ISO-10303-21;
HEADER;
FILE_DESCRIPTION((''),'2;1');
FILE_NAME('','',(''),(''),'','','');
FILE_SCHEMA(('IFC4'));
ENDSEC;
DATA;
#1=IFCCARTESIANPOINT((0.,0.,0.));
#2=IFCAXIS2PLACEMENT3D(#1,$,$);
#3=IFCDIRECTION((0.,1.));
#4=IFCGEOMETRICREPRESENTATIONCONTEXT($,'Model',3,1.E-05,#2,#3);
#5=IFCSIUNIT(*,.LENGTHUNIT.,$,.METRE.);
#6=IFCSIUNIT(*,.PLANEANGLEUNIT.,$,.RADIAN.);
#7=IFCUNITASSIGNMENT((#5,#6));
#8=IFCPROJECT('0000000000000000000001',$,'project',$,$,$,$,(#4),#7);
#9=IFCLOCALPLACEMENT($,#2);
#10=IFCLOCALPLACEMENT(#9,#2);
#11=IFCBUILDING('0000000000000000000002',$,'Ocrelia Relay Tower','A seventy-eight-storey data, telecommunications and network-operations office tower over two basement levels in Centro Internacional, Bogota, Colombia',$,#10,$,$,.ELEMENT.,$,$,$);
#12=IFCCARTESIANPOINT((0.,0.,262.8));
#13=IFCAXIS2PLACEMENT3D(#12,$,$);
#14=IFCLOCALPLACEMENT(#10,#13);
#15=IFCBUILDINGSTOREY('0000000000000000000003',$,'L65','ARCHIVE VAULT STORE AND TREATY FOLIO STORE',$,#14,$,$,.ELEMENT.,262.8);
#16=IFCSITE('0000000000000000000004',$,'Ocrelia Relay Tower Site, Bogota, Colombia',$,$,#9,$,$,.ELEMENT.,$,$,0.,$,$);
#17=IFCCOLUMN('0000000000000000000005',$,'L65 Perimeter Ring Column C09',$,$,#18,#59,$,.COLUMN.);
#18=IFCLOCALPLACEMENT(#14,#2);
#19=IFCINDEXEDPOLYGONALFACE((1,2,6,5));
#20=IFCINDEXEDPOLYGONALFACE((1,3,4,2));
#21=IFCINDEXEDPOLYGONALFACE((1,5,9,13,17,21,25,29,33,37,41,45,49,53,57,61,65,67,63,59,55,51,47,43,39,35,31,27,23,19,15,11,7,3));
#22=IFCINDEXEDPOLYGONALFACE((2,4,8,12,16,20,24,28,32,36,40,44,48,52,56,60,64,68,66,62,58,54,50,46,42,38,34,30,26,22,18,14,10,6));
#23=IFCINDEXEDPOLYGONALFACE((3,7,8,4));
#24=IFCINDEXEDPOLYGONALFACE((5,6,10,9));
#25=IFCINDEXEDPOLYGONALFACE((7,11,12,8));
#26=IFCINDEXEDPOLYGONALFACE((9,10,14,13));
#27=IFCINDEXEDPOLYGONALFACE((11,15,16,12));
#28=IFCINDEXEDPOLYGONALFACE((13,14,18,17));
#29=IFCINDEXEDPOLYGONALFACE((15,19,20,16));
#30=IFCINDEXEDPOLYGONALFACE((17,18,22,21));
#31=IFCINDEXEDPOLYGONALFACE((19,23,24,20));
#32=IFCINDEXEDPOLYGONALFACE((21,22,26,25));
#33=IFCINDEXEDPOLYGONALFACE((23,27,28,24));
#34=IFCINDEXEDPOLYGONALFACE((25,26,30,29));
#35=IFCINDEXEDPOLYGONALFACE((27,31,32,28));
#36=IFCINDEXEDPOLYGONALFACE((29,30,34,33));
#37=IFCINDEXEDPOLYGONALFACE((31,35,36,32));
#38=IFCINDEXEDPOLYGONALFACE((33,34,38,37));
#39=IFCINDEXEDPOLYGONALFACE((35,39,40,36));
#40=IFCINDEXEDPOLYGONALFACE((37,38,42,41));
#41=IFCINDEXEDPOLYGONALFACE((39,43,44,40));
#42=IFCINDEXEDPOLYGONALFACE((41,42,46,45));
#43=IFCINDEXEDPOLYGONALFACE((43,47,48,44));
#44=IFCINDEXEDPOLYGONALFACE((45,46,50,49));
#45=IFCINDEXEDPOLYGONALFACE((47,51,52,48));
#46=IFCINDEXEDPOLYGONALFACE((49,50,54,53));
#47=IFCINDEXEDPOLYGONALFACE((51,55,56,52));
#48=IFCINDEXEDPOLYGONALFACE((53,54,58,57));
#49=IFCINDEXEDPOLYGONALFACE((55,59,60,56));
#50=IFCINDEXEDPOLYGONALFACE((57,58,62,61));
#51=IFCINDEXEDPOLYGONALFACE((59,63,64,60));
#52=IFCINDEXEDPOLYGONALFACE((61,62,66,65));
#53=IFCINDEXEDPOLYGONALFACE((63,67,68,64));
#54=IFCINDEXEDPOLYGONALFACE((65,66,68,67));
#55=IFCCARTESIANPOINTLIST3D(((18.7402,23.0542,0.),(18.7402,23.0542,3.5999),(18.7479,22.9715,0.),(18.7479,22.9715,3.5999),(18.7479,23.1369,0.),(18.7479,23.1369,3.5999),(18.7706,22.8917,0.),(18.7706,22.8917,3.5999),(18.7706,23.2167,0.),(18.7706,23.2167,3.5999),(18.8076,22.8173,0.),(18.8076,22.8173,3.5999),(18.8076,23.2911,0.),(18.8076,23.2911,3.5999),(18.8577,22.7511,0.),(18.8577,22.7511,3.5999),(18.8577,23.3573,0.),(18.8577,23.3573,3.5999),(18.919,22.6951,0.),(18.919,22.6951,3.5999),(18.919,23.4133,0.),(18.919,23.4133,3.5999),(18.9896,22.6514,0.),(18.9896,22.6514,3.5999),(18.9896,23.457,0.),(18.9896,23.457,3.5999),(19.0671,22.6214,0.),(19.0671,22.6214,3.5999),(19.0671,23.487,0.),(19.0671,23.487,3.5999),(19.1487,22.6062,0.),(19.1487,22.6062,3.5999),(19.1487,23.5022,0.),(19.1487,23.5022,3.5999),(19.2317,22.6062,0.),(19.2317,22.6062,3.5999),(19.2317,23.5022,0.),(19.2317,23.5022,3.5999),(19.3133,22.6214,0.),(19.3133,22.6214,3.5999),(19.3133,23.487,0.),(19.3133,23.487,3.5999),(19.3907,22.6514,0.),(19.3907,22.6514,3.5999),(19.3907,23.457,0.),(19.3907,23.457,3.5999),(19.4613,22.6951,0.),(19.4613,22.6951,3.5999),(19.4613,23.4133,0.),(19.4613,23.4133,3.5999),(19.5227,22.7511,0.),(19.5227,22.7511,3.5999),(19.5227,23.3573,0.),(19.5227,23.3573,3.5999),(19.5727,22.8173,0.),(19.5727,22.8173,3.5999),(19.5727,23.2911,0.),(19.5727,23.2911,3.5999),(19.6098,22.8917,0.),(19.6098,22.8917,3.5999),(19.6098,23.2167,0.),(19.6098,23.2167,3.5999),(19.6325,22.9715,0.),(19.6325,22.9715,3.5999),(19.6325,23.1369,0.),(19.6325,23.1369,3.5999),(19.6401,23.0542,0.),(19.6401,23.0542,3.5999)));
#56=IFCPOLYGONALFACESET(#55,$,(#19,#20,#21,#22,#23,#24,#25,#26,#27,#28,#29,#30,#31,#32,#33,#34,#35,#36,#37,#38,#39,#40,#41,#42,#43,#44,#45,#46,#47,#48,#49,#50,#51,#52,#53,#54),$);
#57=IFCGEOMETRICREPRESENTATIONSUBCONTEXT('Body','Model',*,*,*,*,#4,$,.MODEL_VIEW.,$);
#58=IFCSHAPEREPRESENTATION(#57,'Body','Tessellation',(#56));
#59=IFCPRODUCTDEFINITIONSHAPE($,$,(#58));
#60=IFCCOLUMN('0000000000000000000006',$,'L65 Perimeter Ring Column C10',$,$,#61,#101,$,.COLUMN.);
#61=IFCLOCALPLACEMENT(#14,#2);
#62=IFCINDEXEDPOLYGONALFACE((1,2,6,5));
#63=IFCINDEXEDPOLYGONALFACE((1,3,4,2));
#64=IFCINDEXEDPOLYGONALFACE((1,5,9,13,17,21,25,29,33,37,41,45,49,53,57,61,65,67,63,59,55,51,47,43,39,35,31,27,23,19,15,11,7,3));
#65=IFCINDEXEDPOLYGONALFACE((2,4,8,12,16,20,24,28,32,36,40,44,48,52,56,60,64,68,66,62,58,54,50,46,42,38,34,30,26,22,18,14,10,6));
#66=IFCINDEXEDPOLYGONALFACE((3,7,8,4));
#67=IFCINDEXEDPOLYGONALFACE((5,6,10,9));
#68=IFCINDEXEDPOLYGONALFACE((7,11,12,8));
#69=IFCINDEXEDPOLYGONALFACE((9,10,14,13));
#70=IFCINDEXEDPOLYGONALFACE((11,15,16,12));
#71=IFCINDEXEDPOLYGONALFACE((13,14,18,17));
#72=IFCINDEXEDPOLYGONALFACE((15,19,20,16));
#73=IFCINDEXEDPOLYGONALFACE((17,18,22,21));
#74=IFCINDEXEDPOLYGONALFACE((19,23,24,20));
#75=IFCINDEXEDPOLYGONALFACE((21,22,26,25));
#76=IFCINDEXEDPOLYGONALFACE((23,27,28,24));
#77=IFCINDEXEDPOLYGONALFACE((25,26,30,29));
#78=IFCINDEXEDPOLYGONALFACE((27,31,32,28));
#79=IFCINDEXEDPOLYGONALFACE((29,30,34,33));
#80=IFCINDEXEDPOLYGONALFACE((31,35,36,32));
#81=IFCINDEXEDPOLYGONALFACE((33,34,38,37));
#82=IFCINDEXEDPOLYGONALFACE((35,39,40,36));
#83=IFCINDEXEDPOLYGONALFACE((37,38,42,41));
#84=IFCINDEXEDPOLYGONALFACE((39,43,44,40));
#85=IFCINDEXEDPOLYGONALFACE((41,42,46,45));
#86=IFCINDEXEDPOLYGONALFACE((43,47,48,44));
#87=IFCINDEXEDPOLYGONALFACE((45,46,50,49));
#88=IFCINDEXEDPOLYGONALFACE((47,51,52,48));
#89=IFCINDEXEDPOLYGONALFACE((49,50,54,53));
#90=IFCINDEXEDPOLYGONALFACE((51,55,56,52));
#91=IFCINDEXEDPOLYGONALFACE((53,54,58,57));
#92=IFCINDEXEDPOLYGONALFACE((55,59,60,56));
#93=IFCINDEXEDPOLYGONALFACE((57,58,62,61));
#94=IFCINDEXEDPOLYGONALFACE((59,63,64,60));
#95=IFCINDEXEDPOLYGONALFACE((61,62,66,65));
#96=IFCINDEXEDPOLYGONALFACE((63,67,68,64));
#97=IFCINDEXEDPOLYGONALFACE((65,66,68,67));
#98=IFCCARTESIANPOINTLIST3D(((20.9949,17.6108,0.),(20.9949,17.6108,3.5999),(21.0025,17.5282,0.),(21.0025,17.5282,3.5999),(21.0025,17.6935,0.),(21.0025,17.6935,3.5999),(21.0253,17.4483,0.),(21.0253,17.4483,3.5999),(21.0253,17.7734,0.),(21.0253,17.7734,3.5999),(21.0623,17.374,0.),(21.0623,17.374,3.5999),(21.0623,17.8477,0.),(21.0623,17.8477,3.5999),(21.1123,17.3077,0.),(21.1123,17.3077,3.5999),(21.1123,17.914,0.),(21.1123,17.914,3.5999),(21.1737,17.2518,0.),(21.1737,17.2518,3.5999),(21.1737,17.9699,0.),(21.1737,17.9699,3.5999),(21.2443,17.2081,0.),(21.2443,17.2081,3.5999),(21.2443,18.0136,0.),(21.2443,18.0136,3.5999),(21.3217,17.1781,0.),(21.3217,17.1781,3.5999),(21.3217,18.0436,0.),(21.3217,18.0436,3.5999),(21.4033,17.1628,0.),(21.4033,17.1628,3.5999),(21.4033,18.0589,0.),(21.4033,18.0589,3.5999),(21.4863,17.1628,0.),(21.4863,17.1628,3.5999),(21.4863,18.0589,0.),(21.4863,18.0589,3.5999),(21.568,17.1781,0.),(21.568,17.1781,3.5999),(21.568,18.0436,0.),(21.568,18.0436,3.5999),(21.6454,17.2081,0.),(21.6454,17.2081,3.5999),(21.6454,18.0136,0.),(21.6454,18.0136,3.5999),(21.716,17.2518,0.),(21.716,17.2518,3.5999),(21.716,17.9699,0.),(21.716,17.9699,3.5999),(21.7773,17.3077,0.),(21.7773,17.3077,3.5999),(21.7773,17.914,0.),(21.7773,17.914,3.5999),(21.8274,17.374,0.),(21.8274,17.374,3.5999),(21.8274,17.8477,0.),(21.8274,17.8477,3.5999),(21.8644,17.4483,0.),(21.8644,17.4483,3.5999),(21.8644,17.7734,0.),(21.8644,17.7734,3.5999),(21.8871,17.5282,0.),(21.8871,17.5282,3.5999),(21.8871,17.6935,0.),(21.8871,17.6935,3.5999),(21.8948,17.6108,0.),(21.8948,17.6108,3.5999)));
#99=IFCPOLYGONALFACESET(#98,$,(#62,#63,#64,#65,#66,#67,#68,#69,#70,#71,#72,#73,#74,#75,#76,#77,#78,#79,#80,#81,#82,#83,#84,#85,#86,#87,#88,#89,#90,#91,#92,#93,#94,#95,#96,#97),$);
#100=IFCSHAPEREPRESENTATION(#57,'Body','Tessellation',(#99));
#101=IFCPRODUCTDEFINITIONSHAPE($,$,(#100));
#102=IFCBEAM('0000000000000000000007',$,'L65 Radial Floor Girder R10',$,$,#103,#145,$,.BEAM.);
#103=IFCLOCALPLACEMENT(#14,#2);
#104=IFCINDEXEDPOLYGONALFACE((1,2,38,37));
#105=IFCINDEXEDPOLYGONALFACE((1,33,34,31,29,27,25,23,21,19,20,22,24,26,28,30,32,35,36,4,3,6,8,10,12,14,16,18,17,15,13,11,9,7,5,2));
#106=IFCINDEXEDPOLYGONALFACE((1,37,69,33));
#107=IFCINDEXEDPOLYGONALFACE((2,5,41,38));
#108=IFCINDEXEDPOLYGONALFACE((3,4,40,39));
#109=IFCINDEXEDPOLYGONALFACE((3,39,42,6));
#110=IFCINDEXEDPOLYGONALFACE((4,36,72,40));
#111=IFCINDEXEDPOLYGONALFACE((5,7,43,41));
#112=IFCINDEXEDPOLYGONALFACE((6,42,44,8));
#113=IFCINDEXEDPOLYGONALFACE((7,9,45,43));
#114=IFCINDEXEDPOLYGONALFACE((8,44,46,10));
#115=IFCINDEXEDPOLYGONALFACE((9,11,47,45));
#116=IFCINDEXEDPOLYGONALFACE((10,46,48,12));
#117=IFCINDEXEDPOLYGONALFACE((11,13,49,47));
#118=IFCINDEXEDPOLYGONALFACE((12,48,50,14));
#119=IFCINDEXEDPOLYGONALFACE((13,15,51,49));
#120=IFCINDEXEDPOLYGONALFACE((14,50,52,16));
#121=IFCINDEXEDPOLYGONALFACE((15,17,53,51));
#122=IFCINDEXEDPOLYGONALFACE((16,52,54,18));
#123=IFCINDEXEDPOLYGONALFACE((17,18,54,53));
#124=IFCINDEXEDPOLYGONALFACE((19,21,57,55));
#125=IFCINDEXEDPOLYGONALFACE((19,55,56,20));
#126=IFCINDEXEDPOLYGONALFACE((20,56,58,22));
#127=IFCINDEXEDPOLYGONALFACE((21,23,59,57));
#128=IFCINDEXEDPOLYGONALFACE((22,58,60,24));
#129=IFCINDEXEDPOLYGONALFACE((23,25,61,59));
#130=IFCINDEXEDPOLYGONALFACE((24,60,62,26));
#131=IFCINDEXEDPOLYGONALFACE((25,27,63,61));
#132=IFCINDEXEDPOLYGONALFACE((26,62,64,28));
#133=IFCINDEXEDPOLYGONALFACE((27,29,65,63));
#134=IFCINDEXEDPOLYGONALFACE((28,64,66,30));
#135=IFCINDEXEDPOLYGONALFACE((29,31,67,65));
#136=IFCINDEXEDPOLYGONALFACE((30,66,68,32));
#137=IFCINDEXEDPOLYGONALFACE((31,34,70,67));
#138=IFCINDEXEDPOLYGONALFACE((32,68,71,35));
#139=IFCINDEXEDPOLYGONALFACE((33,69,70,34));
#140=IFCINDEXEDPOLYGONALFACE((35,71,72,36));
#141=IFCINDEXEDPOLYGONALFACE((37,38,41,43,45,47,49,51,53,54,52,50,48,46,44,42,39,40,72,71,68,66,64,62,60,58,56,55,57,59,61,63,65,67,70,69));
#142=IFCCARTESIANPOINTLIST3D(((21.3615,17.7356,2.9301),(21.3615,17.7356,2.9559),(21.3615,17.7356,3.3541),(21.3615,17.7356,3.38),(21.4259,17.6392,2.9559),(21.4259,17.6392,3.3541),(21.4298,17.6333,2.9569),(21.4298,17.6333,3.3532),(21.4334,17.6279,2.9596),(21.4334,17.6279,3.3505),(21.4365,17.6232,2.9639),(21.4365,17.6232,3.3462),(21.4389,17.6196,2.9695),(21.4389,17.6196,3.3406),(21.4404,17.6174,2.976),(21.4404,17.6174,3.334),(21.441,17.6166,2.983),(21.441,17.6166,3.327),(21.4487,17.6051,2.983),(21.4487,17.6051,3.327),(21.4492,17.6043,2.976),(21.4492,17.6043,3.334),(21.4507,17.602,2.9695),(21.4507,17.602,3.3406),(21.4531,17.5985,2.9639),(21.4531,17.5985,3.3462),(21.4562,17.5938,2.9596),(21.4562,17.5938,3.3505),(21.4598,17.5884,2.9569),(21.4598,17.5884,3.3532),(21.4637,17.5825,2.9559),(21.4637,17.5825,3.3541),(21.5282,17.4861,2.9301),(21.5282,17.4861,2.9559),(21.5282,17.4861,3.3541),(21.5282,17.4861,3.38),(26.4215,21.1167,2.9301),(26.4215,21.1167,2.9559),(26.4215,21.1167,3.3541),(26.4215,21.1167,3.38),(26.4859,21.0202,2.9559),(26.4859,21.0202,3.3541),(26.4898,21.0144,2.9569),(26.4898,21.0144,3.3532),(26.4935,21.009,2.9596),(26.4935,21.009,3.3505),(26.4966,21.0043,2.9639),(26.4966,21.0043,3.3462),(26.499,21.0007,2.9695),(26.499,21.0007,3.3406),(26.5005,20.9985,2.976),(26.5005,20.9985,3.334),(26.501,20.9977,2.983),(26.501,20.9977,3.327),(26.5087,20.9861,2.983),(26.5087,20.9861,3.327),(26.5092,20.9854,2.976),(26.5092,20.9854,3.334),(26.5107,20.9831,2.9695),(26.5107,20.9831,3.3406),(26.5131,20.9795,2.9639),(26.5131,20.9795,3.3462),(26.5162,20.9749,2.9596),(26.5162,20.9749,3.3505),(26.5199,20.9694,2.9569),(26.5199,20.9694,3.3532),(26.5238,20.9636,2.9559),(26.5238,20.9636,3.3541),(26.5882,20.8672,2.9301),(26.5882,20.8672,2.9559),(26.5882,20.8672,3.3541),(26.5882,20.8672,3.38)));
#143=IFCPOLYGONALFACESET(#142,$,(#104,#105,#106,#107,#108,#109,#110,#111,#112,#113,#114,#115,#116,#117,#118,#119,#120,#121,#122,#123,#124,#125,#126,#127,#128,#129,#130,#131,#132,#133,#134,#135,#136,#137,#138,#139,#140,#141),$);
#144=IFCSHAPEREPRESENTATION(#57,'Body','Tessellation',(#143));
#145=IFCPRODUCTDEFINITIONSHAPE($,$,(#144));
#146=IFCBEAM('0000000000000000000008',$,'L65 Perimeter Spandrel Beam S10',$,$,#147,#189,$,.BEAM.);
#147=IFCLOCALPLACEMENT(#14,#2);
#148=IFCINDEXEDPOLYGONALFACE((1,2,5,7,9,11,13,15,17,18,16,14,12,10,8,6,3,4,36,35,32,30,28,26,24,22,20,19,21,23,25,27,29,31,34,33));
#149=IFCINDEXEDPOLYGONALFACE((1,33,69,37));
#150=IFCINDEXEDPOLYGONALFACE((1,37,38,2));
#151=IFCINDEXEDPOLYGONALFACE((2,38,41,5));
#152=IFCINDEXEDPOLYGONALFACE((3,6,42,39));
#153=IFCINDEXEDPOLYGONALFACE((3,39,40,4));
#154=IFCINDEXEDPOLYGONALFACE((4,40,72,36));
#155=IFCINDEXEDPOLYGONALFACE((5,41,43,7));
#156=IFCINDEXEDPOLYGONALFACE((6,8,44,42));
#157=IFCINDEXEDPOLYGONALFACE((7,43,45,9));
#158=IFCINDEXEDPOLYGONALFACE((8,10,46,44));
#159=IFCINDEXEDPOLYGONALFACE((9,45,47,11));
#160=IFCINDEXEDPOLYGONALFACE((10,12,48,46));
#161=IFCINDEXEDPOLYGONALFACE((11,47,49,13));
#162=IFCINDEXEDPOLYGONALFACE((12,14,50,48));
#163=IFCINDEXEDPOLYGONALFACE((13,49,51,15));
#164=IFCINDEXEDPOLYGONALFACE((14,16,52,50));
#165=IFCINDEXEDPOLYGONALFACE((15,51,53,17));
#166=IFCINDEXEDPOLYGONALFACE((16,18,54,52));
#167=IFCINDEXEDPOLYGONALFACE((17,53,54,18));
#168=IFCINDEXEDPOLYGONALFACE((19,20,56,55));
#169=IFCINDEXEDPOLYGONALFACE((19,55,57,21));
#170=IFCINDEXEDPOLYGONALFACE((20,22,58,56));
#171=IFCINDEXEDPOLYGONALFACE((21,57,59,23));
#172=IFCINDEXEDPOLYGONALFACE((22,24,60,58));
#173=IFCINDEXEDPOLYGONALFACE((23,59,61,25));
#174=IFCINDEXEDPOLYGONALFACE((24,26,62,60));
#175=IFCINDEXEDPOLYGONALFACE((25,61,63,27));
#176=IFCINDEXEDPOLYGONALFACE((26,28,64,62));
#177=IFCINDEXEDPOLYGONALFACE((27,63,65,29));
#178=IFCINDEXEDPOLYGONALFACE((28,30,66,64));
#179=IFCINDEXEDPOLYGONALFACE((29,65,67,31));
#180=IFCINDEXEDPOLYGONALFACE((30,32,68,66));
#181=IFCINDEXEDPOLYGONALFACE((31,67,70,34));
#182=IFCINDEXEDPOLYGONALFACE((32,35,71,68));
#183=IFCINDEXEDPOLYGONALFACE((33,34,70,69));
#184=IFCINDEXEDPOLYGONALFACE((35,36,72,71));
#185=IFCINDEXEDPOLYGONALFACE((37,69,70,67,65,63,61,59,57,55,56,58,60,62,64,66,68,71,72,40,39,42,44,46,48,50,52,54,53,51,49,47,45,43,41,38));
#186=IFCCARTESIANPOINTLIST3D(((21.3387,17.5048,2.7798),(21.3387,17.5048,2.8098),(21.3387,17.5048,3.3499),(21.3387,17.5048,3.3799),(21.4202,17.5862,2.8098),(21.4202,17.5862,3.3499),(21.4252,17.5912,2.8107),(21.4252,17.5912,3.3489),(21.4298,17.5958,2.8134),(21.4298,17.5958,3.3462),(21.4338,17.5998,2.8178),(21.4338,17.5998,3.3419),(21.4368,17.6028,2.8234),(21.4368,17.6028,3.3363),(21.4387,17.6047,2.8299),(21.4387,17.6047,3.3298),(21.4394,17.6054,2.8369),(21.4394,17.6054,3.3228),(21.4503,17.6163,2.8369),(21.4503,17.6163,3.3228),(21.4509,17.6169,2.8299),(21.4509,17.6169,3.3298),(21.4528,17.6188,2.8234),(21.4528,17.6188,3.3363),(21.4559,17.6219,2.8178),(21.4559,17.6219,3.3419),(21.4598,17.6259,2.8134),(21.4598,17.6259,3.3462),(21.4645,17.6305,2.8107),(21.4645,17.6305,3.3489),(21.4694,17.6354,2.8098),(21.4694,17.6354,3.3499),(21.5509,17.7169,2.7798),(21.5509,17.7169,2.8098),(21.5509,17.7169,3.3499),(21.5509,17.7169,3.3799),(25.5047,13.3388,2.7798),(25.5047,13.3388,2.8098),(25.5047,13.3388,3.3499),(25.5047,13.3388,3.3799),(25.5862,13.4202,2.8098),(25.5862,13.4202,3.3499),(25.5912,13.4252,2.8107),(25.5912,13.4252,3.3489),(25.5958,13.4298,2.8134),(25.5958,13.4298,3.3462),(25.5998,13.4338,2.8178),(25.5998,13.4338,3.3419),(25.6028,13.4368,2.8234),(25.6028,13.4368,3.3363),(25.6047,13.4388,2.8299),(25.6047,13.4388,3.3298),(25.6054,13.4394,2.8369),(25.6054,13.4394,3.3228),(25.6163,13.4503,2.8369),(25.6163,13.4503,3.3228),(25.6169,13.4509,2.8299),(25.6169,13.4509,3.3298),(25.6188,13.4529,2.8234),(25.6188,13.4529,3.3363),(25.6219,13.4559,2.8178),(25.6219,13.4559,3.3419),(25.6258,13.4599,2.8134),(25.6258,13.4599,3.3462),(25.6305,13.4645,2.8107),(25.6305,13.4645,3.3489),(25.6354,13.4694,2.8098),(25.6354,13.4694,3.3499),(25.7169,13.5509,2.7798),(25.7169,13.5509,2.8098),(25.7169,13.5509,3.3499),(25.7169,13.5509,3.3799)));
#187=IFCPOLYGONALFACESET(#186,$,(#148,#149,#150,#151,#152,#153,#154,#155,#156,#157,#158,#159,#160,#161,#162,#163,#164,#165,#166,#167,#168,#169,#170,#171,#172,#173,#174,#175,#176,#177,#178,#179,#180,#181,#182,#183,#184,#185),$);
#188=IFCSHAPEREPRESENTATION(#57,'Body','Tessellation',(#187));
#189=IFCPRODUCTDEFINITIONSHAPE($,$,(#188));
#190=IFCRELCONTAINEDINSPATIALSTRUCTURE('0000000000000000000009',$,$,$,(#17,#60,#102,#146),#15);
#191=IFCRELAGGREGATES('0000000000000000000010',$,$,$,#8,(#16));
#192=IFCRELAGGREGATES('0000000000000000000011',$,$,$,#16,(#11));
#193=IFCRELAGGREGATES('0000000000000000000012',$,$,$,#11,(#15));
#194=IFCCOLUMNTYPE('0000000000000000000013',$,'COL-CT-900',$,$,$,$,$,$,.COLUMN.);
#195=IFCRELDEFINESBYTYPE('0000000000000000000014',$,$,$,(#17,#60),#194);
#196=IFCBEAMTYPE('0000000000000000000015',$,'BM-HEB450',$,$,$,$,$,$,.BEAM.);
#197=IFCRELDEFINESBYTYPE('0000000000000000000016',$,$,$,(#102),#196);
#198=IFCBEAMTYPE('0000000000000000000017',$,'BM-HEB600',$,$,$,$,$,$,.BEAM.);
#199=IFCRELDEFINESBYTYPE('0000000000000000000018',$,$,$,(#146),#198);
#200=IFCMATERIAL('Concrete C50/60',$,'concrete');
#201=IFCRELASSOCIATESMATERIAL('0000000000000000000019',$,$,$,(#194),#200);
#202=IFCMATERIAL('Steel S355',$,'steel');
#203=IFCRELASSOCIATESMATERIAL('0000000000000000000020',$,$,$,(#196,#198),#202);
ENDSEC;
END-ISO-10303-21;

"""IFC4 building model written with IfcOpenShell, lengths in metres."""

from ifc_helpers import new_model, si_unit, direction, frame, origin, origin_2d, place, context, subcontext, project, spatial, circle, i_section, extrude, material, material_profile, profile_set, type_object, element, save


model = new_model("IFC4")

# Units and contexts
model_context = context("Model", 3, precision=1e-05, world=origin(), true_north=direction((0.0, 1.0)))
body_context = subcontext(model_context, "Body", "Model", "MODEL_VIEW")
ifc_project = project(units=[si_unit("LENGTHUNIT", "METRE"), si_unit("PLANEANGLEUNIT", "RADIAN")], contexts=[model_context])

# Site, building, storey
site_placement = place(None, origin())
site = spatial("IfcSite", under=ifc_project, at=site_placement, Name="Ocrelia Relay Tower Site, Bogota, Colombia", CompositionType="ELEMENT", RefElevation=0.0)
building_placement = place(site_placement, origin())
building = spatial("IfcBuilding", under=site, at=building_placement, Name="Ocrelia Relay Tower", Description="A seventy-eight-storey data, telecommunications and network-operations office tower over two basement levels in Centro Internacional, Bogota, Colombia", CompositionType="ELEMENT")
storey_placement = place(building_placement, frame((0.0, 0.0, 262.8)))
storey = spatial("IfcBuildingStorey", under=building, at=storey_placement, Name="L65", Description="ARCHIVE VAULT STORE AND TREATY FOLIO STORE", CompositionType="ELEMENT", Elevation=262.8)

# Columns
ifc_material_1 = material(Name="Concrete C50/60", Category="concrete")
ifc_material_profile_1 = material_profile(ifc_material_1, circle(Radius=0.45, at=origin_2d()), Name="RC-CIR-900")
ifc_profile_set_1 = profile_set([ifc_material_profile_1], Name="Concrete C50/60")
column_type = type_object("IfcColumnType", Name="COL-CT-900", PredefinedType="COLUMN", material=ifc_profile_set_1)
for number, where, z_axis, x_axis, name in (
    (1, (19.1902, 23.0542, 0.0), (0.0, 0.0, 1.0), (1.0, 0.0, 0.0), "L65 Perimeter Ring Column C09"),
    (2, (21.4448, 17.6108, 0.0), (0.0, 0.0, 1.0), (1.0, 0.0, 0.0), "L65 Perimeter Ring Column C10"),
):
    element("IfcColumn", number, at=place(storey_placement, frame(where, z_axis=z_axis, x_axis=x_axis)), inside=storey, type_object=column_type, Name=name, PredefinedType="COLUMN", context=body_context, shape_type="SweptSolid", body=[
        extrude(circle(Radius=0.45, at=origin_2d()), origin(), (0.0, 0.0, 1.0), 3.5999),
    ])

# Beams
ifc_material_2 = material(Name="Steel S355", Category="steel")
ifc_material_profile_2 = material_profile(ifc_material_2, i_section(OverallWidth=0.3, OverallDepth=0.45, WebThickness=0.0139, FlangeThickness=0.0259, FilletRadius=0.0271, at=origin_2d()), Name="HEB 450")
ifc_profile_set_2 = profile_set([ifc_material_profile_2], Name="Steel S355")
beam_type_1 = type_object("IfcBeamType", Name="BM-HEB450", PredefinedType="BEAM", material=ifc_profile_set_2)
beam_1_placement = place(storey_placement, frame((21.4448, 17.6108, 3.155), z_axis=(0.831464, 0.555579, 0.0), x_axis=(-0.555579, 0.831464, 0.0)))
element("IfcBeam", 3, at=beam_1_placement, inside=storey, type_object=beam_type_1, Name="L65 Radial Floor Girder R10", PredefinedType="BEAM", context=body_context, shape_type="SweptSolid", body=[
    extrude(i_section(OverallWidth=0.3, OverallDepth=0.45, WebThickness=0.0139, FlangeThickness=0.0259, FilletRadius=0.0271, at=origin_2d()), origin(), (0.0, 0.0, 1.0), 6.0857),
])
ifc_material_profile_3 = material_profile(ifc_material_2, i_section(OverallWidth=0.3, OverallDepth=0.6001, WebThickness=0.0154, FlangeThickness=0.03, FilletRadius=0.0271, at=origin_2d()), Name="HEB 600")
ifc_profile_set_3 = profile_set([ifc_material_profile_3], Name="Steel S355")
beam_type_2 = type_object("IfcBeamType", Name="BM-HEB600", PredefinedType="BEAM", material=ifc_profile_set_3)
beam_2_placement = place(storey_placement, frame((21.4448, 17.6108, 3.0798), z_axis=(0.707107, -0.707107, 0.0), x_axis=(0.707107, 0.707107, 0.0)))
element("IfcBeam", 4, at=beam_2_placement, inside=storey, type_object=beam_type_2, Name="L65 Perimeter Spandrel Beam S10", PredefinedType="BEAM", context=body_context, shape_type="SweptSolid", body=[
    extrude(i_section(OverallWidth=0.3, OverallDepth=0.6001, WebThickness=0.0154, FlangeThickness=0.03, FilletRadius=0.0271, at=origin_2d()), origin(), (0.0, 0.0, 1.0), 5.8916),
])

save(model, "model.ifc")
